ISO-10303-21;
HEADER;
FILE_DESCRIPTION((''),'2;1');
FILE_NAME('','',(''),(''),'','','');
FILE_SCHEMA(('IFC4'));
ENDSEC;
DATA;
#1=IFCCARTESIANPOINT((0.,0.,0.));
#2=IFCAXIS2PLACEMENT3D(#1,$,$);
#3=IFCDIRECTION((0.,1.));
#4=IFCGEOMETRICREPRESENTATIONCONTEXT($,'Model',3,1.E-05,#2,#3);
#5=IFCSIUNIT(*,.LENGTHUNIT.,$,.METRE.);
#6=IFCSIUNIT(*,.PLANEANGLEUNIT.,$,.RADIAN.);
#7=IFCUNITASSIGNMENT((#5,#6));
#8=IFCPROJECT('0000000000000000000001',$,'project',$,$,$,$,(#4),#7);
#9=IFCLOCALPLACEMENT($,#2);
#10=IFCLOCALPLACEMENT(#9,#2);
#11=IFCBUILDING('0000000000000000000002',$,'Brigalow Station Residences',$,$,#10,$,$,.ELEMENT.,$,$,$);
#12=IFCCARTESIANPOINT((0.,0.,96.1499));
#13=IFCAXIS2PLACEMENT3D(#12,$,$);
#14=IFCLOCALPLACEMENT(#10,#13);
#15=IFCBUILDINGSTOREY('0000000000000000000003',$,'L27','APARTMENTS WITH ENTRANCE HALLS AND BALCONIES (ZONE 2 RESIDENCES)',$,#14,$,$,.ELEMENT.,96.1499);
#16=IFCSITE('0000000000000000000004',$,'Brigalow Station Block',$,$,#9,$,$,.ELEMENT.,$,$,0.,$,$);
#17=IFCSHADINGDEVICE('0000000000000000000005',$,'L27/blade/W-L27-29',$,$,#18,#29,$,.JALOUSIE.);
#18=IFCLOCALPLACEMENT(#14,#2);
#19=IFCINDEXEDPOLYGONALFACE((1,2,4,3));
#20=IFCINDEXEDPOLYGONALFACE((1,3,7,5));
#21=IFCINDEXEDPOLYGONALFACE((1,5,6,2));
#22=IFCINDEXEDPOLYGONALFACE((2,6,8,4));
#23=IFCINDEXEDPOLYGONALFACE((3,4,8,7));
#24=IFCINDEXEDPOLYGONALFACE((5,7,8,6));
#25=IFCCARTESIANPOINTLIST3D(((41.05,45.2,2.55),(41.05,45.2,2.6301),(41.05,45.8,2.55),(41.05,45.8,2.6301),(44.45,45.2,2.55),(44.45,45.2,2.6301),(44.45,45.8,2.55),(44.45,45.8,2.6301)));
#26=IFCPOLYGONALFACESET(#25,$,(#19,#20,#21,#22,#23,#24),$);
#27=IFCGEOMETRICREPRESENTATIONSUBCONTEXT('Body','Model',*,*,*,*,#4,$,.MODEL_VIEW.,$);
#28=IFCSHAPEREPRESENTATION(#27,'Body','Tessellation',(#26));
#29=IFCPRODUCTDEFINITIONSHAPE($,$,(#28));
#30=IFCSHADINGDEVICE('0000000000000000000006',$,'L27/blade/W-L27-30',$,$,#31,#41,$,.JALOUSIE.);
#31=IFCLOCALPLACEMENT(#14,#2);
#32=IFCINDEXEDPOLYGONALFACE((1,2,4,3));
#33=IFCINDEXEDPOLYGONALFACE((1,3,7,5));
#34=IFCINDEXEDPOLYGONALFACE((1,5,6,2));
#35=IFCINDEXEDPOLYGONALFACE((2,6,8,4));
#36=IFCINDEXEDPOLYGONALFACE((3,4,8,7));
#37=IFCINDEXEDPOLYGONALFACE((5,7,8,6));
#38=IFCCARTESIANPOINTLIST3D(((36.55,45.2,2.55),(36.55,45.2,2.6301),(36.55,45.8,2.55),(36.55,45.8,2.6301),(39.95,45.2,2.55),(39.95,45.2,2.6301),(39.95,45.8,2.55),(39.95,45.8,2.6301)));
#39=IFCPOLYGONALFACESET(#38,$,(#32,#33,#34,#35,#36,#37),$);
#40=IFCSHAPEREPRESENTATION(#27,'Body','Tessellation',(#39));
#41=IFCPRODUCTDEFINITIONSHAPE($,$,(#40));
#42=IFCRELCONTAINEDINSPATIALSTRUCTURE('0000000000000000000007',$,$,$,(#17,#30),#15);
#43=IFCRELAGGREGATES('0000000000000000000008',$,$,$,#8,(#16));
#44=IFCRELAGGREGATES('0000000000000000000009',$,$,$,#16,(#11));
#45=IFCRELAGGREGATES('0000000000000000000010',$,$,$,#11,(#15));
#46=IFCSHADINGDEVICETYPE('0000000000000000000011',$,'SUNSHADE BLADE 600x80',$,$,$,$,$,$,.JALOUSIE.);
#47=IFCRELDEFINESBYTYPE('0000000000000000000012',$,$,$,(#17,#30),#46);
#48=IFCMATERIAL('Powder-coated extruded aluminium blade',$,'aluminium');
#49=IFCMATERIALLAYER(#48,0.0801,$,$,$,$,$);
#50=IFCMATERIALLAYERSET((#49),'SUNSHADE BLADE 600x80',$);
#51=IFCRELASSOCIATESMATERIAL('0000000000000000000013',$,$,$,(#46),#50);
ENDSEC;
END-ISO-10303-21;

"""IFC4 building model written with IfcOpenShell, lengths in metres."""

from ifc_helpers import new_model, si_unit, direction, frame, origin, origin_2d, place, context, subcontext, project, spatial, rectangle, extrude, material, layer, layer_set, type_object, element, save


model = new_model("IFC4")

# Units and contexts
model_context = context("Model", 3, precision=1e-05, world=origin(), true_north=direction((0.0, 1.0)))
body_context = subcontext(model_context, "Body", "Model", "MODEL_VIEW")
ifc_project = project(units=[si_unit("LENGTHUNIT", "METRE"), si_unit("PLANEANGLEUNIT", "RADIAN")], contexts=[model_context])

# Site, building, storey
site_placement = place(None, origin())
site = spatial("IfcSite", under=ifc_project, at=site_placement, Name="Brigalow Station Block", CompositionType="ELEMENT", RefElevation=0.0)
building_placement = place(site_placement, origin())
building = spatial("IfcBuilding", under=site, at=building_placement, Name="Brigalow Station Residences", CompositionType="ELEMENT")
storey_placement = place(building_placement, frame((0.0, 0.0, 96.1499)))
storey = spatial("IfcBuildingStorey", under=building, at=storey_placement, Name="L27", Description="APARTMENTS WITH ENTRANCE HALLS AND BALCONIES (ZONE 2 RESIDENCES)", CompositionType="ELEMENT", Elevation=96.1499)

# Shading devices
ifc_material_1 = material(Name="Powder-coated extruded aluminium blade", Category="aluminium")
ifc_layer_1 = layer(ifc_material_1, 0.0801)
ifc_layer_set_1 = layer_set([ifc_layer_1], Name="SUNSHADE BLADE 600x80")
shading_device_type = type_object("IfcShadingDeviceType", Name="SUNSHADE BLADE 600x80", PredefinedType="JALOUSIE", material=ifc_layer_set_1)
for number, where, z_axis, x_axis, name in (
    (1, (42.75, 45.5, 2.55), (0.0, 0.0, 1.0), (-1.0, 0.0, 0.0), "L27/blade/W-L27-29"),
    (2, (38.25, 45.5, 2.55), (0.0, 0.0, 1.0), (-1.0, 0.0, 0.0), "L27/blade/W-L27-30"),
):
    element("IfcShadingDevice", number, at=place(storey_placement, frame(where, z_axis=z_axis, x_axis=x_axis)), inside=storey, type_object=shading_device_type, Name=name, PredefinedType="JALOUSIE", context=body_context, shape_type="SweptSolid", body=[
        extrude(rectangle(XDim=3.3999, YDim=0.6001, at=origin_2d()), origin(), (0.0, 0.0, 1.0), 0.0801),
    ])

save(model, "model.ifc")
